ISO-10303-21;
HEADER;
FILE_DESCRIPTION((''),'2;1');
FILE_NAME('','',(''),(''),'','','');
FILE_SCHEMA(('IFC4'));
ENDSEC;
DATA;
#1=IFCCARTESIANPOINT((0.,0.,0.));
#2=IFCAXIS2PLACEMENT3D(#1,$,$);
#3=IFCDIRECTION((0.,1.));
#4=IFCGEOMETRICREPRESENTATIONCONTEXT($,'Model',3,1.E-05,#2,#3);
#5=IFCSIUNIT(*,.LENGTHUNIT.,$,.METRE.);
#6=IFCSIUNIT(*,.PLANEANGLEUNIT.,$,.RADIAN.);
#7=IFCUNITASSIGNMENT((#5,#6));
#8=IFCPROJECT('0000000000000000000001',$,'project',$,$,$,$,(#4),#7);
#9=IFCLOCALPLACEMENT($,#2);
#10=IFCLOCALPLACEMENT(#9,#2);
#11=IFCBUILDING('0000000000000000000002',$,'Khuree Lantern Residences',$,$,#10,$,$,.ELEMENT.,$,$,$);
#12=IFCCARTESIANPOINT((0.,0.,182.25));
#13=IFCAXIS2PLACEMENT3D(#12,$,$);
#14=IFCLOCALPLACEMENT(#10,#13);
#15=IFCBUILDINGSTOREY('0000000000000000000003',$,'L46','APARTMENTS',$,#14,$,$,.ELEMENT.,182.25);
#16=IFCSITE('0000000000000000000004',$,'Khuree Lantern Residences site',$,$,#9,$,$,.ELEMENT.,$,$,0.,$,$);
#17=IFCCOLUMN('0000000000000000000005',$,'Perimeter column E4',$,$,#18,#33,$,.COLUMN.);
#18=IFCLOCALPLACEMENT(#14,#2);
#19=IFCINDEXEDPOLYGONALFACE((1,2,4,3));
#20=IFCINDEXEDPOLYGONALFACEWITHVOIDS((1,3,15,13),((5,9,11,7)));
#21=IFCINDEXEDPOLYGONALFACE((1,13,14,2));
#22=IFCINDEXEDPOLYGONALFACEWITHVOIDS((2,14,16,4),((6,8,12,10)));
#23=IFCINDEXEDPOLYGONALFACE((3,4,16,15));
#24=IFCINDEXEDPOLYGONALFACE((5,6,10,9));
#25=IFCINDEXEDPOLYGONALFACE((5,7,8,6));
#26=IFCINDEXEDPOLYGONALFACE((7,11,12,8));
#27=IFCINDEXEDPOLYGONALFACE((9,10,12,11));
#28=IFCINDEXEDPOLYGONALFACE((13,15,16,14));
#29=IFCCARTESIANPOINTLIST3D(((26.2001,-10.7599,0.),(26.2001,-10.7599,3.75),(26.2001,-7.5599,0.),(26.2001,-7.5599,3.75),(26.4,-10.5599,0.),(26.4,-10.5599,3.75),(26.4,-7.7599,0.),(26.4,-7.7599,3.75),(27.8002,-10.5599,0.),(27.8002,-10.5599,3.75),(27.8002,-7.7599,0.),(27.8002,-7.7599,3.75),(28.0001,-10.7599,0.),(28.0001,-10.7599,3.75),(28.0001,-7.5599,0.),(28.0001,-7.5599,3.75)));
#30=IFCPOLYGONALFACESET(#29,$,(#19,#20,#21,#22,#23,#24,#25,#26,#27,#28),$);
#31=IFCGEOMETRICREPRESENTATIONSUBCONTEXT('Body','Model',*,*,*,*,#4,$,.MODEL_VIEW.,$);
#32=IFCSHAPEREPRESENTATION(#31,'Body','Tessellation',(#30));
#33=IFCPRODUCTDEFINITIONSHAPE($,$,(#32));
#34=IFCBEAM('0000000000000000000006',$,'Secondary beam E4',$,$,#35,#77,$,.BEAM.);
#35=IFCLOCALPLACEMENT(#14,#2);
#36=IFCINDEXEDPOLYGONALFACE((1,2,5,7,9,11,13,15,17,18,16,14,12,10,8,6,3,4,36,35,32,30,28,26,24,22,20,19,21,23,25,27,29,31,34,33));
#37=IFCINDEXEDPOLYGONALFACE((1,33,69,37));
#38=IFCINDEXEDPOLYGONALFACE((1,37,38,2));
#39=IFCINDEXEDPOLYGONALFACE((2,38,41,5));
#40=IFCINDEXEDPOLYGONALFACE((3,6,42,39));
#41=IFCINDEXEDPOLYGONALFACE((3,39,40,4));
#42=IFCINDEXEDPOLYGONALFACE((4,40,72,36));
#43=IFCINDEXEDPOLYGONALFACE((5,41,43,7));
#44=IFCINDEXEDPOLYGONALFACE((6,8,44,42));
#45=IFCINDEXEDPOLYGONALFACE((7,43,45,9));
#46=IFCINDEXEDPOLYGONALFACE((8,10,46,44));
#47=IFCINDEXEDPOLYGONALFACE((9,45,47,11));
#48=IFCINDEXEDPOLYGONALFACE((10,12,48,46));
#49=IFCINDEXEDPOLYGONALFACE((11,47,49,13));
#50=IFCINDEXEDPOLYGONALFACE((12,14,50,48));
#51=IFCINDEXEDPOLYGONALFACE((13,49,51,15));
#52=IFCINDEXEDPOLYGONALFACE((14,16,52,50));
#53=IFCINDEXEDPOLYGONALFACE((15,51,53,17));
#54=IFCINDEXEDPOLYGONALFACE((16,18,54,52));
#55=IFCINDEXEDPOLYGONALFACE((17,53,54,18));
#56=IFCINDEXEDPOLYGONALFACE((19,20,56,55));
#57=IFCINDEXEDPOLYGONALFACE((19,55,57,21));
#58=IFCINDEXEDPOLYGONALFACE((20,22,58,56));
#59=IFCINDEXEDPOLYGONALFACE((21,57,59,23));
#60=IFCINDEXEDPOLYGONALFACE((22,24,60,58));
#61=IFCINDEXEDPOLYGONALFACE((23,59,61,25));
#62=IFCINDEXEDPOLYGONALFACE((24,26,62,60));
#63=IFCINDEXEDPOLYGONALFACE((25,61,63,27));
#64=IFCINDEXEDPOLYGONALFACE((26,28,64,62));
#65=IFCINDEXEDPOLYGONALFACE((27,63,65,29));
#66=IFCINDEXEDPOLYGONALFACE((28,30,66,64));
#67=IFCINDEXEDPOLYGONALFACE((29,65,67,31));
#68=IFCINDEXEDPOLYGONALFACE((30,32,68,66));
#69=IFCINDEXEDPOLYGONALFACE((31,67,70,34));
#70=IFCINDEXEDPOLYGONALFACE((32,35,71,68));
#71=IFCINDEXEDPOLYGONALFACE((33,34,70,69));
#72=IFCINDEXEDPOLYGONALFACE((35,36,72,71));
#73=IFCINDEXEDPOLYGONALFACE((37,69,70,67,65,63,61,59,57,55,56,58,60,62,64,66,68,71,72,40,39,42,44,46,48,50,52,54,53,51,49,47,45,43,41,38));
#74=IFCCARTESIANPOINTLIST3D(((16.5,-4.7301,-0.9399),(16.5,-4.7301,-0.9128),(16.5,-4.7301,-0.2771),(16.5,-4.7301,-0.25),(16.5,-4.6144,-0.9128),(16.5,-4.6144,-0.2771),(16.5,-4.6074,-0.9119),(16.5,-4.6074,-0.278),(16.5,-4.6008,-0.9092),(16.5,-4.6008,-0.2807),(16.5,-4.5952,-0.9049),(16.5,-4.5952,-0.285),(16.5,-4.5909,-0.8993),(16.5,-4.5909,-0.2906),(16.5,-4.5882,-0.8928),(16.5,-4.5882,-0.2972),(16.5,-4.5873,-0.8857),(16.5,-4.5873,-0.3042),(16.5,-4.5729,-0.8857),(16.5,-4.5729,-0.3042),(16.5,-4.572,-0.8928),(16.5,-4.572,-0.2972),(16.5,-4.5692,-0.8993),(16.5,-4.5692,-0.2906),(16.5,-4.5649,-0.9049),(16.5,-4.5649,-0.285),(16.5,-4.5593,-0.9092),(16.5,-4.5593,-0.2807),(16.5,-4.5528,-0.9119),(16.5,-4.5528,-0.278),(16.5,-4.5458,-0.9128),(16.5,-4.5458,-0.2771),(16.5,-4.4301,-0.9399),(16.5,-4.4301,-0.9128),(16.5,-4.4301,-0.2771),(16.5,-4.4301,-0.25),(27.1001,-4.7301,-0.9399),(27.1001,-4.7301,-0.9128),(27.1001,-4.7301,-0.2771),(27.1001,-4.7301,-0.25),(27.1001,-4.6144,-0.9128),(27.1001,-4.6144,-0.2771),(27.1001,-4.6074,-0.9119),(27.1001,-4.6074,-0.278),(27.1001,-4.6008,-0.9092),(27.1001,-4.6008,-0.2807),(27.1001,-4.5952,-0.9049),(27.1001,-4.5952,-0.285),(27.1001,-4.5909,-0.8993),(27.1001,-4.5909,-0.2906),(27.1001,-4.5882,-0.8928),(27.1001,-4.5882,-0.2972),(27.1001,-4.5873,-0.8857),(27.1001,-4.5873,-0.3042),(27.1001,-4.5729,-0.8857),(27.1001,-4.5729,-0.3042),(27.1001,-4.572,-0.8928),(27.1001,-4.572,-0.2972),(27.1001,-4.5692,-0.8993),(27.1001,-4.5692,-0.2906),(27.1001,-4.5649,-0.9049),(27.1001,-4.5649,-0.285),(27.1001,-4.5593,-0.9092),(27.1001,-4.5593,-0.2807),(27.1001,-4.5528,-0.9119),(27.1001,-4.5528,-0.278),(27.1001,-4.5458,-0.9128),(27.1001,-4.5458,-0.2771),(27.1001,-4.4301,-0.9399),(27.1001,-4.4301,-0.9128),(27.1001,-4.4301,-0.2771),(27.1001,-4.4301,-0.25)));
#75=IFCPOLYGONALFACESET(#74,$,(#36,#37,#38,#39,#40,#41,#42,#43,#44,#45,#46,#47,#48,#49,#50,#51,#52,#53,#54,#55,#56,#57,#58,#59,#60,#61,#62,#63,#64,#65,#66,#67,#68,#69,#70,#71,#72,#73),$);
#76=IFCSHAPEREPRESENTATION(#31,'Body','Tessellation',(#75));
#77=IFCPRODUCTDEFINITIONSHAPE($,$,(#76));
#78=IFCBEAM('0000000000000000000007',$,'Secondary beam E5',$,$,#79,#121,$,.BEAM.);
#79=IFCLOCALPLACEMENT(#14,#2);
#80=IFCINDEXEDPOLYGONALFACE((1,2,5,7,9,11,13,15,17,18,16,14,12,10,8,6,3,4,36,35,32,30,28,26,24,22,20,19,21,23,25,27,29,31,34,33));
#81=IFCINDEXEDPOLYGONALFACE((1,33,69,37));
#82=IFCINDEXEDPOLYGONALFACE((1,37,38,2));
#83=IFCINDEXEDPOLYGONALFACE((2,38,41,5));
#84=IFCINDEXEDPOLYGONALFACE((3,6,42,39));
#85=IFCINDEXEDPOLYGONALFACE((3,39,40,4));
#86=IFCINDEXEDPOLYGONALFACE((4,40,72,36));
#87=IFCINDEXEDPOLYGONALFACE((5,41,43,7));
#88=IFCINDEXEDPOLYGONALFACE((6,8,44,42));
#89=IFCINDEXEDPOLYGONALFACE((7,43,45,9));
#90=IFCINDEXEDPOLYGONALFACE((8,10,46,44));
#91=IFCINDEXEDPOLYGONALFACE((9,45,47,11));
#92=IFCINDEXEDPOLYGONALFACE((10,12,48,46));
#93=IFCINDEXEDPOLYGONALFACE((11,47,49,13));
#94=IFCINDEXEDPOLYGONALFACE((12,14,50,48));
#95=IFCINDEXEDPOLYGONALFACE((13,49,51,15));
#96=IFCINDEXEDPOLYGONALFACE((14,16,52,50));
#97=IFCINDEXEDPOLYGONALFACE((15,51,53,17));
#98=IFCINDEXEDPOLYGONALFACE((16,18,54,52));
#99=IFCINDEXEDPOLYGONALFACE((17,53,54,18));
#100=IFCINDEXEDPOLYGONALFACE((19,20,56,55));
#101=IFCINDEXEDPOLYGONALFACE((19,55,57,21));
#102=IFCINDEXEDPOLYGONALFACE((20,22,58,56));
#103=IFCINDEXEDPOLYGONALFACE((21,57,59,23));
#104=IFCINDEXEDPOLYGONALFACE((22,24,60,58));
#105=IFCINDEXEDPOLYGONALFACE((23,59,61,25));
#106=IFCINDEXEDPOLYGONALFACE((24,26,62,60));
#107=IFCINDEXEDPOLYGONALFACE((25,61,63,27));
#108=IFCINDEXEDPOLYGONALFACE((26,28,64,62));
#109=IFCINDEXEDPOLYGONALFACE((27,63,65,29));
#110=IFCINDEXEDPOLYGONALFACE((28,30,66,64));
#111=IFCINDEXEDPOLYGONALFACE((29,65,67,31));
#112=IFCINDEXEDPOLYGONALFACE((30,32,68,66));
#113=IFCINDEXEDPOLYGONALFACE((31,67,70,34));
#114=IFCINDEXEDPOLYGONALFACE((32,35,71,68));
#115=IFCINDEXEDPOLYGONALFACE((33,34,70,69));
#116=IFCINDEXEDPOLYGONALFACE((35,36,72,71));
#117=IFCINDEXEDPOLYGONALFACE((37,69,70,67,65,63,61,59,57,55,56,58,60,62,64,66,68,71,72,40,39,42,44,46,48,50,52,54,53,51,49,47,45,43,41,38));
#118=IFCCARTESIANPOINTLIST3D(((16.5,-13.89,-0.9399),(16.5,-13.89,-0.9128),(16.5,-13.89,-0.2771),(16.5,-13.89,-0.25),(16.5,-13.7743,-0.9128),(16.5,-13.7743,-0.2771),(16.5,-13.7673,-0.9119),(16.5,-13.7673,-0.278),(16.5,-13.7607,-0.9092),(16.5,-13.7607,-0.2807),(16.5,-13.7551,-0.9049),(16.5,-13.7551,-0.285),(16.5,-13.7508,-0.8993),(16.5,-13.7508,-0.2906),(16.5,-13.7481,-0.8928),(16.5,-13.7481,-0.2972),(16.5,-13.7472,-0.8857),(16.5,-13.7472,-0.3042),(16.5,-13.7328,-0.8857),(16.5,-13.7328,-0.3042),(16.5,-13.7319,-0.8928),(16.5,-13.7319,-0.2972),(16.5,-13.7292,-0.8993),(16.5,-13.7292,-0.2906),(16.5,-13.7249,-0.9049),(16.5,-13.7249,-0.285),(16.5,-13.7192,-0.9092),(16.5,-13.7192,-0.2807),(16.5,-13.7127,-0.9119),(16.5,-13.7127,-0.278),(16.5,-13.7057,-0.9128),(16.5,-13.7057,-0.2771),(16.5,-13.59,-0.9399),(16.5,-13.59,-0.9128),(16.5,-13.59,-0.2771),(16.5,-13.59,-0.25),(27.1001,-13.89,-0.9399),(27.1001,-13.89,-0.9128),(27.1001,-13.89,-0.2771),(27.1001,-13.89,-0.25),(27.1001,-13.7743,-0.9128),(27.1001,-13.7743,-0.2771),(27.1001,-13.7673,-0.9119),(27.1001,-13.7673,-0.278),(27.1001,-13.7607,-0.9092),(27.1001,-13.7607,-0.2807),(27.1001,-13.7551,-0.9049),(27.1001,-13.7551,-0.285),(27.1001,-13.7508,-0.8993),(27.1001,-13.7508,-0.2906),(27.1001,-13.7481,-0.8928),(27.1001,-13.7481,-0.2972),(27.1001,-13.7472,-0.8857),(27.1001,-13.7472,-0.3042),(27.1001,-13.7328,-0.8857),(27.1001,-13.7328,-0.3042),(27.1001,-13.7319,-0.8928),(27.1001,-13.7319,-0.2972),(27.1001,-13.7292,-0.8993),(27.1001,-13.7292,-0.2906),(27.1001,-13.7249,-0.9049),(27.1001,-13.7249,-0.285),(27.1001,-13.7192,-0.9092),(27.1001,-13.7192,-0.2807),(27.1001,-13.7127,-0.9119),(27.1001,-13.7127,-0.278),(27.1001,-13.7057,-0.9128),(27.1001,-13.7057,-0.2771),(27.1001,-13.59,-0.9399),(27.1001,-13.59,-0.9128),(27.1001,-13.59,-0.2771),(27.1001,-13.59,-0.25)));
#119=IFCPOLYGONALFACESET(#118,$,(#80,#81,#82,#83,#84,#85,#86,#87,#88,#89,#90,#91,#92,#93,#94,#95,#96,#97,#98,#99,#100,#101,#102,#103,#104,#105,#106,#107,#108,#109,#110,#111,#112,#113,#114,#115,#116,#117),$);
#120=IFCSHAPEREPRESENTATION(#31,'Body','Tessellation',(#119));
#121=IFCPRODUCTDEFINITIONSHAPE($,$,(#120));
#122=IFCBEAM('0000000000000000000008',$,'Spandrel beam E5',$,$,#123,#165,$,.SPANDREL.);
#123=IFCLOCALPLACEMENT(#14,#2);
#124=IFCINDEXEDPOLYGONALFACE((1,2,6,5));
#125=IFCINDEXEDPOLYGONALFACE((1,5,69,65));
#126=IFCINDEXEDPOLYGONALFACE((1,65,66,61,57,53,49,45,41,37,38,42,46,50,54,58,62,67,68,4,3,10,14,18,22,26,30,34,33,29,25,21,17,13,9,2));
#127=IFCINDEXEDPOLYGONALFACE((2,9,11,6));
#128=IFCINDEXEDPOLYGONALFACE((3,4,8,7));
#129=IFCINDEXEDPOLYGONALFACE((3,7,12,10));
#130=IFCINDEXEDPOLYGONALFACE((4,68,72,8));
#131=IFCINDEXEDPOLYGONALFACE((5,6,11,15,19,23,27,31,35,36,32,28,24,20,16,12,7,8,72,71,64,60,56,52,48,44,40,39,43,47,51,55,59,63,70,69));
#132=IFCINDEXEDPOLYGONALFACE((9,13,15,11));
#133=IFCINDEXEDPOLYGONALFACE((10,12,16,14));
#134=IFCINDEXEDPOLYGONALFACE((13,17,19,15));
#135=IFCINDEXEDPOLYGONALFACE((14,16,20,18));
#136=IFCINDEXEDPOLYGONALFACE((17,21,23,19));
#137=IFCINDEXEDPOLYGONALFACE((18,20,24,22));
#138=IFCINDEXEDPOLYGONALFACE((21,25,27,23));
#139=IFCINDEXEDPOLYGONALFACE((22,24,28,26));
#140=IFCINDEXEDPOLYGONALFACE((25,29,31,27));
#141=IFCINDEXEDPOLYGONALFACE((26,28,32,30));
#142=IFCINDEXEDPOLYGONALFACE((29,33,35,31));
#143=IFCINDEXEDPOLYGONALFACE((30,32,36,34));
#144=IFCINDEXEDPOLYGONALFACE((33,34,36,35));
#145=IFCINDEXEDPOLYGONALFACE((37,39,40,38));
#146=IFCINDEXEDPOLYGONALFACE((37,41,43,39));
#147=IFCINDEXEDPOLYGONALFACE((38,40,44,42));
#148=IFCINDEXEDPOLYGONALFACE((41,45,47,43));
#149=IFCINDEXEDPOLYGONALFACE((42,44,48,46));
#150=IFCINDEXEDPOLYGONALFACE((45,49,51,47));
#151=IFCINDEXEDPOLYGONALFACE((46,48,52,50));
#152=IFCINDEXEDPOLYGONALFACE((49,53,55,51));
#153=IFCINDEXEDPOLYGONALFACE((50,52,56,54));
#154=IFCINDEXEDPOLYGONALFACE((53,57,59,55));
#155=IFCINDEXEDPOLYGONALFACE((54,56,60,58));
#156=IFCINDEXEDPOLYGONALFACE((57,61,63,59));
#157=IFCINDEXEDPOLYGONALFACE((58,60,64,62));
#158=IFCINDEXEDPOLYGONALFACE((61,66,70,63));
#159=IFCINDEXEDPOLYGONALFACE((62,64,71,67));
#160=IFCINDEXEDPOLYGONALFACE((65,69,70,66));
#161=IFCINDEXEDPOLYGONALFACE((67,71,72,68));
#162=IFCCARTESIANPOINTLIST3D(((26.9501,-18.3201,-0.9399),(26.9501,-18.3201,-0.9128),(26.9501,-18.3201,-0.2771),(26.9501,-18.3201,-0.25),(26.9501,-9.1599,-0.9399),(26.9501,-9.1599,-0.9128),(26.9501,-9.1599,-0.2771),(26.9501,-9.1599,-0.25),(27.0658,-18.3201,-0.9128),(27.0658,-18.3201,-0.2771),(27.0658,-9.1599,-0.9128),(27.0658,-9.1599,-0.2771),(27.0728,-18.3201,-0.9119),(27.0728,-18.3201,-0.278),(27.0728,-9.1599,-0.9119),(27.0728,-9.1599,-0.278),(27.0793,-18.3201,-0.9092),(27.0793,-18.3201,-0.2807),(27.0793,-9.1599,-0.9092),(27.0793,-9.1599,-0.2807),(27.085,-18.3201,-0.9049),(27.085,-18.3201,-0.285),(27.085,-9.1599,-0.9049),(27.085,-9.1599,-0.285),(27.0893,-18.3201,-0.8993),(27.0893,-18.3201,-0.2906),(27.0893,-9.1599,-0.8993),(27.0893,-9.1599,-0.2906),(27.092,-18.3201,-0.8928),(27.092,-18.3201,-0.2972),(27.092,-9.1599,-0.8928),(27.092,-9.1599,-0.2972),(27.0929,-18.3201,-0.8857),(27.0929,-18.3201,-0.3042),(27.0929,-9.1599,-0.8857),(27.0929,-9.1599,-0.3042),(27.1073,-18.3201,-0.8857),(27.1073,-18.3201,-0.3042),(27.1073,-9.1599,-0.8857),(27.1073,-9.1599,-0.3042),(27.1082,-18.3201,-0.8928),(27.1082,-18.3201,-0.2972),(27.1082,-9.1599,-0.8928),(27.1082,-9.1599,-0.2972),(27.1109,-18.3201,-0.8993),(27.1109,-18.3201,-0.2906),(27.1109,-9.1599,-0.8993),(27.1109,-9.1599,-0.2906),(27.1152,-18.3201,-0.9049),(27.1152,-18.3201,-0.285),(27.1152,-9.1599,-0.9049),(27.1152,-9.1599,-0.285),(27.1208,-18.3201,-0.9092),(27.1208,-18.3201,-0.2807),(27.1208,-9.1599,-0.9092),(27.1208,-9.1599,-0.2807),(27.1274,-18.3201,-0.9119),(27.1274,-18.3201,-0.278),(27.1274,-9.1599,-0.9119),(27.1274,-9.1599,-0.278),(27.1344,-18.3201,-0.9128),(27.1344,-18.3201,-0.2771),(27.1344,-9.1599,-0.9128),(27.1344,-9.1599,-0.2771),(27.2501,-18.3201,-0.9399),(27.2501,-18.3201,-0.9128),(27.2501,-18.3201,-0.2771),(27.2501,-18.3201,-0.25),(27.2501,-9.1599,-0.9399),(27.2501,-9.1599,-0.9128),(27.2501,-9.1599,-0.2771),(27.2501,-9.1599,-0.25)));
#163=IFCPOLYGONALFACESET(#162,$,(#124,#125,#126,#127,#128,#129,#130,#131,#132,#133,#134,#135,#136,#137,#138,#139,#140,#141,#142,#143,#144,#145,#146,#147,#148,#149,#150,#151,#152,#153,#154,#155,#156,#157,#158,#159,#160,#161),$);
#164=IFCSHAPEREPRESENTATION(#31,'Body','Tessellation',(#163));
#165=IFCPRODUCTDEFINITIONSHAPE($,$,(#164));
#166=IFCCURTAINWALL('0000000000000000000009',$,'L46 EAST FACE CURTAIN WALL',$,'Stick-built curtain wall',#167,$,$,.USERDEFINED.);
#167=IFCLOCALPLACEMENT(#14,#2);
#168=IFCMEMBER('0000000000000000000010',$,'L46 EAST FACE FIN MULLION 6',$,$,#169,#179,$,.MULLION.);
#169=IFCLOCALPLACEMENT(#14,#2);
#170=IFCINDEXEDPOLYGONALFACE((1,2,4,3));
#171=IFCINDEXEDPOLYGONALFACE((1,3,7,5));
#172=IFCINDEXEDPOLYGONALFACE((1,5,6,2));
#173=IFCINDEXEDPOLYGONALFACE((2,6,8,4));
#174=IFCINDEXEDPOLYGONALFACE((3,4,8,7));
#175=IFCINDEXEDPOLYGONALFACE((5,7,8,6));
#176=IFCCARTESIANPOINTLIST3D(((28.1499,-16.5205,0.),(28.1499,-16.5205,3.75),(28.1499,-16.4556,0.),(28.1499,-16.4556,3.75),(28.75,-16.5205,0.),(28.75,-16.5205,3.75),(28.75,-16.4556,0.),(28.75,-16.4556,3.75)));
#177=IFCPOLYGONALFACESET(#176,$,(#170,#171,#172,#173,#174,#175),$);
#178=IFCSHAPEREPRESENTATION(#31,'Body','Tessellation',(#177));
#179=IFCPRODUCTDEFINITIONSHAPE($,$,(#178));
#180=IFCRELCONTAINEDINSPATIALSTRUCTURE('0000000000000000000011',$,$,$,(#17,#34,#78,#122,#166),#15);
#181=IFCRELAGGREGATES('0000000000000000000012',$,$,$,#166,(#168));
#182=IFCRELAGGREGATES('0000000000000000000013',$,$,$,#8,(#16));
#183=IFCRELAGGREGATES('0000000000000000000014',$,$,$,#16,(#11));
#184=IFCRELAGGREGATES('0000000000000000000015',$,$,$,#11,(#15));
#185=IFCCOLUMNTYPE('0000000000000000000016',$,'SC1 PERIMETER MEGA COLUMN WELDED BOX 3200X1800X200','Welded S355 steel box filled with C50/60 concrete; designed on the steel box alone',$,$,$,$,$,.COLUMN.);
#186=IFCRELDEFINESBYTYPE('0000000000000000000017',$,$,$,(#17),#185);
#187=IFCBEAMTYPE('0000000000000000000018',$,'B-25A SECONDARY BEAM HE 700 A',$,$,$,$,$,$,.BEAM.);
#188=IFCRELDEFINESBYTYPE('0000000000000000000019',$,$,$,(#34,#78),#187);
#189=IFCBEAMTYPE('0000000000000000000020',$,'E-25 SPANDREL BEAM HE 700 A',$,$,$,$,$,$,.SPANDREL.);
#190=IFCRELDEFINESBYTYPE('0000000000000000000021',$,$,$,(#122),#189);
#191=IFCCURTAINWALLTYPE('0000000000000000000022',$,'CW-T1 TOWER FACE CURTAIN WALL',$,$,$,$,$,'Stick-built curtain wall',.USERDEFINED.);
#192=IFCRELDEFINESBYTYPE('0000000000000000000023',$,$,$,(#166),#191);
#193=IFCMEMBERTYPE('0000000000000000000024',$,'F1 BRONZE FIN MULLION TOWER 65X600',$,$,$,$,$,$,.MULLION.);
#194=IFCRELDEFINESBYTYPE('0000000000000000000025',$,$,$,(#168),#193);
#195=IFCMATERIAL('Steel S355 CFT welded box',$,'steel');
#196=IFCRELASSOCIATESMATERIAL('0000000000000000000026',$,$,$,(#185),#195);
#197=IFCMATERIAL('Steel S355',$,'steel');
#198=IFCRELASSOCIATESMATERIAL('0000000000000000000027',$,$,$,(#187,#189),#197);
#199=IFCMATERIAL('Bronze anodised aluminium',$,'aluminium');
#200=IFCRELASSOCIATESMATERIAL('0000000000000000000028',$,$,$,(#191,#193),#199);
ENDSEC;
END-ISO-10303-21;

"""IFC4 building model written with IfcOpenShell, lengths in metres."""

from ifc_helpers import new_model, si_unit, direction, frame, origin, origin_2d, place, context, subcontext, project, spatial, rectangle, hollow_rectangle, i_section, extrude, material, material_profile, profile_set, type_object, element, aggregate, save


model = new_model("IFC4")

# Units and contexts
model_context = context("Model", 3, precision=1e-05, world=origin(), true_north=direction((0.0, 1.0)))
body_context = subcontext(model_context, "Body", "Model", "MODEL_VIEW")
ifc_project = project(units=[si_unit("LENGTHUNIT", "METRE"), si_unit("PLANEANGLEUNIT", "RADIAN")], contexts=[model_context])

# Site, building, storey
site_placement = place(None, origin())
site = spatial("IfcSite", under=ifc_project, at=site_placement, Name="Khuree Lantern Residences site", CompositionType="ELEMENT", RefElevation=0.0)
building_placement = place(site_placement, origin())
building = spatial("IfcBuilding", under=site, at=building_placement, Name="Khuree Lantern Residences", CompositionType="ELEMENT")
storey_placement = place(building_placement, frame((0.0, 0.0, 182.25)))
storey = spatial("IfcBuildingStorey", under=building, at=storey_placement, Name="L46", Description="APARTMENTS", CompositionType="ELEMENT", Elevation=182.25)

# Column
ifc_material_1 = material(Name="Steel S355 CFT welded box", Category="steel")
ifc_material_profile_1 = material_profile(ifc_material_1, hollow_rectangle(XDim=3.2, YDim=1.8, WallThickness=0.2, at=origin_2d()), Name="WELDED BOX 3200X1800X200")
ifc_profile_set_1 = profile_set([ifc_material_profile_1], Name="Steel S355 CFT welded box")
column_type = type_object("IfcColumnType", Name="SC1 PERIMETER MEGA COLUMN WELDED BOX 3200X1800X200", Description="Welded S355 steel box filled with C50/60 concrete; designed on the steel box alone", PredefinedType="COLUMN", material=ifc_profile_set_1)
column_placement = place(storey_placement, frame((27.1001, -9.1599, 0.0), z_axis=(0.0, 0.0, 1.0), x_axis=(0.0, 1.0, 0.0)))
element("IfcColumn", 1, at=column_placement, inside=storey, type_object=column_type, Name="Perimeter column E4", PredefinedType="COLUMN", context=body_context, shape_type="SweptSolid", body=[
    extrude(hollow_rectangle(XDim=3.2, YDim=1.8, WallThickness=0.2, at=origin_2d()), origin(), (0.0, 0.0, 1.0), 3.75),
])

# Beams
ifc_material_2 = material(Name="Steel S355", Category="steel")
ifc_material_profile_2 = material_profile(ifc_material_2, i_section(OverallWidth=0.3, OverallDepth=0.6899, WebThickness=0.0144, FlangeThickness=0.0271, FilletRadius=0.0271, at=origin_2d()), Name="HE 700 A")
ifc_profile_set_2 = profile_set([ifc_material_profile_2], Name="Steel S355")
beam_type_1 = type_object("IfcBeamType", Name="B-25A SECONDARY BEAM HE 700 A", PredefinedType="BEAM", material=ifc_profile_set_2)
for number, where, z_axis, x_axis, name in (
    (2, (27.1001, -4.5801, -0.595), (-1.0, 0.0, 0.0), (0.0, -1.0, 0.0), "Secondary beam E4"),
    (3, (27.1001, -13.74, -0.595), (-1.0, 0.0, 0.0), (0.0, -1.0, 0.0), "Secondary beam E5"),
):
    element("IfcBeam", number, at=place(storey_placement, frame(where, z_axis=z_axis, x_axis=x_axis)), inside=storey, type_object=beam_type_1, Name=name, PredefinedType="BEAM", context=body_context, shape_type="SweptSolid", body=[
        extrude(i_section(OverallWidth=0.3, OverallDepth=0.6899, WebThickness=0.0144, FlangeThickness=0.0271, FilletRadius=0.0271, at=origin_2d()), origin(), (0.0, 0.0, 1.0), 10.6001),
    ])
ifc_material_profile_3 = material_profile(ifc_material_2, i_section(OverallWidth=0.3, OverallDepth=0.6899, WebThickness=0.0144, FlangeThickness=0.0271, FilletRadius=0.0271, at=origin_2d()), Name="HE 700 A")
ifc_profile_set_3 = profile_set([ifc_material_profile_3], Name="Steel S355")
beam_type_2 = type_object("IfcBeamType", Name="E-25 SPANDREL BEAM HE 700 A", PredefinedType="SPANDREL", material=ifc_profile_set_3)
beam_1_placement = place(storey_placement, frame((27.1001, -9.1599, -0.595), z_axis=(0.0, -1.0, 0.0), x_axis=(1.0, 0.0, 0.0)))
element("IfcBeam", 4, at=beam_1_placement, inside=storey, type_object=beam_type_2, Name="Spandrel beam E5", PredefinedType="SPANDREL", context=body_context, shape_type="SweptSolid", body=[
    extrude(i_section(OverallWidth=0.3, OverallDepth=0.6899, WebThickness=0.0144, FlangeThickness=0.0271, FilletRadius=0.0271, at=origin_2d()), origin(), (0.0, 0.0, 1.0), 9.1602),
])

# Curtain wall, member
ifc_material_3 = material(Name="Bronze anodised aluminium", Category="aluminium")
curtain_wall_type = type_object("IfcCurtainWallType", Name="CW-T1 TOWER FACE CURTAIN WALL", ElementType="Stick-built curtain wall", PredefinedType="USERDEFINED", material=ifc_material_3)
curtain_wall_placement = place(storey_placement, origin())
curtain_wall = element("IfcCurtainWall", 5, at=curtain_wall_placement, inside=storey, type_object=curtain_wall_type, Name="L46 EAST FACE CURTAIN WALL", ObjectType="Stick-built curtain wall", PredefinedType="USERDEFINED")
ifc_material_profile_4 = material_profile(ifc_material_3, rectangle(XDim=0.0649, YDim=0.6001, at=origin_2d()), Name="F1 65X600")
ifc_profile_set_4 = profile_set([ifc_material_profile_4], Name="Bronze anodised aluminium")
member_type_1 = type_object("IfcMemberType", Name="F1 BRONZE FIN MULLION TOWER 65X600", PredefinedType="MULLION", material=ifc_profile_set_4)
member_1_placement = place(storey_placement, frame((28.45, -16.488, 0.0), z_axis=(0.0, 0.0, 1.0), x_axis=(0.0, 1.0, 0.0)))
member_1 = element("IfcMember", 6, at=member_1_placement, type_object=member_type_1, Name="L46 EAST FACE FIN MULLION 6", PredefinedType="MULLION", context=body_context, shape_type="SweptSolid", body=[
    extrude(rectangle(XDim=0.0649, YDim=0.6001, at=origin_2d()), origin(), (0.0, 0.0, 1.0), 3.75),
])

aggregate(curtain_wall, [member_1])

save(model, "model.ifc")
